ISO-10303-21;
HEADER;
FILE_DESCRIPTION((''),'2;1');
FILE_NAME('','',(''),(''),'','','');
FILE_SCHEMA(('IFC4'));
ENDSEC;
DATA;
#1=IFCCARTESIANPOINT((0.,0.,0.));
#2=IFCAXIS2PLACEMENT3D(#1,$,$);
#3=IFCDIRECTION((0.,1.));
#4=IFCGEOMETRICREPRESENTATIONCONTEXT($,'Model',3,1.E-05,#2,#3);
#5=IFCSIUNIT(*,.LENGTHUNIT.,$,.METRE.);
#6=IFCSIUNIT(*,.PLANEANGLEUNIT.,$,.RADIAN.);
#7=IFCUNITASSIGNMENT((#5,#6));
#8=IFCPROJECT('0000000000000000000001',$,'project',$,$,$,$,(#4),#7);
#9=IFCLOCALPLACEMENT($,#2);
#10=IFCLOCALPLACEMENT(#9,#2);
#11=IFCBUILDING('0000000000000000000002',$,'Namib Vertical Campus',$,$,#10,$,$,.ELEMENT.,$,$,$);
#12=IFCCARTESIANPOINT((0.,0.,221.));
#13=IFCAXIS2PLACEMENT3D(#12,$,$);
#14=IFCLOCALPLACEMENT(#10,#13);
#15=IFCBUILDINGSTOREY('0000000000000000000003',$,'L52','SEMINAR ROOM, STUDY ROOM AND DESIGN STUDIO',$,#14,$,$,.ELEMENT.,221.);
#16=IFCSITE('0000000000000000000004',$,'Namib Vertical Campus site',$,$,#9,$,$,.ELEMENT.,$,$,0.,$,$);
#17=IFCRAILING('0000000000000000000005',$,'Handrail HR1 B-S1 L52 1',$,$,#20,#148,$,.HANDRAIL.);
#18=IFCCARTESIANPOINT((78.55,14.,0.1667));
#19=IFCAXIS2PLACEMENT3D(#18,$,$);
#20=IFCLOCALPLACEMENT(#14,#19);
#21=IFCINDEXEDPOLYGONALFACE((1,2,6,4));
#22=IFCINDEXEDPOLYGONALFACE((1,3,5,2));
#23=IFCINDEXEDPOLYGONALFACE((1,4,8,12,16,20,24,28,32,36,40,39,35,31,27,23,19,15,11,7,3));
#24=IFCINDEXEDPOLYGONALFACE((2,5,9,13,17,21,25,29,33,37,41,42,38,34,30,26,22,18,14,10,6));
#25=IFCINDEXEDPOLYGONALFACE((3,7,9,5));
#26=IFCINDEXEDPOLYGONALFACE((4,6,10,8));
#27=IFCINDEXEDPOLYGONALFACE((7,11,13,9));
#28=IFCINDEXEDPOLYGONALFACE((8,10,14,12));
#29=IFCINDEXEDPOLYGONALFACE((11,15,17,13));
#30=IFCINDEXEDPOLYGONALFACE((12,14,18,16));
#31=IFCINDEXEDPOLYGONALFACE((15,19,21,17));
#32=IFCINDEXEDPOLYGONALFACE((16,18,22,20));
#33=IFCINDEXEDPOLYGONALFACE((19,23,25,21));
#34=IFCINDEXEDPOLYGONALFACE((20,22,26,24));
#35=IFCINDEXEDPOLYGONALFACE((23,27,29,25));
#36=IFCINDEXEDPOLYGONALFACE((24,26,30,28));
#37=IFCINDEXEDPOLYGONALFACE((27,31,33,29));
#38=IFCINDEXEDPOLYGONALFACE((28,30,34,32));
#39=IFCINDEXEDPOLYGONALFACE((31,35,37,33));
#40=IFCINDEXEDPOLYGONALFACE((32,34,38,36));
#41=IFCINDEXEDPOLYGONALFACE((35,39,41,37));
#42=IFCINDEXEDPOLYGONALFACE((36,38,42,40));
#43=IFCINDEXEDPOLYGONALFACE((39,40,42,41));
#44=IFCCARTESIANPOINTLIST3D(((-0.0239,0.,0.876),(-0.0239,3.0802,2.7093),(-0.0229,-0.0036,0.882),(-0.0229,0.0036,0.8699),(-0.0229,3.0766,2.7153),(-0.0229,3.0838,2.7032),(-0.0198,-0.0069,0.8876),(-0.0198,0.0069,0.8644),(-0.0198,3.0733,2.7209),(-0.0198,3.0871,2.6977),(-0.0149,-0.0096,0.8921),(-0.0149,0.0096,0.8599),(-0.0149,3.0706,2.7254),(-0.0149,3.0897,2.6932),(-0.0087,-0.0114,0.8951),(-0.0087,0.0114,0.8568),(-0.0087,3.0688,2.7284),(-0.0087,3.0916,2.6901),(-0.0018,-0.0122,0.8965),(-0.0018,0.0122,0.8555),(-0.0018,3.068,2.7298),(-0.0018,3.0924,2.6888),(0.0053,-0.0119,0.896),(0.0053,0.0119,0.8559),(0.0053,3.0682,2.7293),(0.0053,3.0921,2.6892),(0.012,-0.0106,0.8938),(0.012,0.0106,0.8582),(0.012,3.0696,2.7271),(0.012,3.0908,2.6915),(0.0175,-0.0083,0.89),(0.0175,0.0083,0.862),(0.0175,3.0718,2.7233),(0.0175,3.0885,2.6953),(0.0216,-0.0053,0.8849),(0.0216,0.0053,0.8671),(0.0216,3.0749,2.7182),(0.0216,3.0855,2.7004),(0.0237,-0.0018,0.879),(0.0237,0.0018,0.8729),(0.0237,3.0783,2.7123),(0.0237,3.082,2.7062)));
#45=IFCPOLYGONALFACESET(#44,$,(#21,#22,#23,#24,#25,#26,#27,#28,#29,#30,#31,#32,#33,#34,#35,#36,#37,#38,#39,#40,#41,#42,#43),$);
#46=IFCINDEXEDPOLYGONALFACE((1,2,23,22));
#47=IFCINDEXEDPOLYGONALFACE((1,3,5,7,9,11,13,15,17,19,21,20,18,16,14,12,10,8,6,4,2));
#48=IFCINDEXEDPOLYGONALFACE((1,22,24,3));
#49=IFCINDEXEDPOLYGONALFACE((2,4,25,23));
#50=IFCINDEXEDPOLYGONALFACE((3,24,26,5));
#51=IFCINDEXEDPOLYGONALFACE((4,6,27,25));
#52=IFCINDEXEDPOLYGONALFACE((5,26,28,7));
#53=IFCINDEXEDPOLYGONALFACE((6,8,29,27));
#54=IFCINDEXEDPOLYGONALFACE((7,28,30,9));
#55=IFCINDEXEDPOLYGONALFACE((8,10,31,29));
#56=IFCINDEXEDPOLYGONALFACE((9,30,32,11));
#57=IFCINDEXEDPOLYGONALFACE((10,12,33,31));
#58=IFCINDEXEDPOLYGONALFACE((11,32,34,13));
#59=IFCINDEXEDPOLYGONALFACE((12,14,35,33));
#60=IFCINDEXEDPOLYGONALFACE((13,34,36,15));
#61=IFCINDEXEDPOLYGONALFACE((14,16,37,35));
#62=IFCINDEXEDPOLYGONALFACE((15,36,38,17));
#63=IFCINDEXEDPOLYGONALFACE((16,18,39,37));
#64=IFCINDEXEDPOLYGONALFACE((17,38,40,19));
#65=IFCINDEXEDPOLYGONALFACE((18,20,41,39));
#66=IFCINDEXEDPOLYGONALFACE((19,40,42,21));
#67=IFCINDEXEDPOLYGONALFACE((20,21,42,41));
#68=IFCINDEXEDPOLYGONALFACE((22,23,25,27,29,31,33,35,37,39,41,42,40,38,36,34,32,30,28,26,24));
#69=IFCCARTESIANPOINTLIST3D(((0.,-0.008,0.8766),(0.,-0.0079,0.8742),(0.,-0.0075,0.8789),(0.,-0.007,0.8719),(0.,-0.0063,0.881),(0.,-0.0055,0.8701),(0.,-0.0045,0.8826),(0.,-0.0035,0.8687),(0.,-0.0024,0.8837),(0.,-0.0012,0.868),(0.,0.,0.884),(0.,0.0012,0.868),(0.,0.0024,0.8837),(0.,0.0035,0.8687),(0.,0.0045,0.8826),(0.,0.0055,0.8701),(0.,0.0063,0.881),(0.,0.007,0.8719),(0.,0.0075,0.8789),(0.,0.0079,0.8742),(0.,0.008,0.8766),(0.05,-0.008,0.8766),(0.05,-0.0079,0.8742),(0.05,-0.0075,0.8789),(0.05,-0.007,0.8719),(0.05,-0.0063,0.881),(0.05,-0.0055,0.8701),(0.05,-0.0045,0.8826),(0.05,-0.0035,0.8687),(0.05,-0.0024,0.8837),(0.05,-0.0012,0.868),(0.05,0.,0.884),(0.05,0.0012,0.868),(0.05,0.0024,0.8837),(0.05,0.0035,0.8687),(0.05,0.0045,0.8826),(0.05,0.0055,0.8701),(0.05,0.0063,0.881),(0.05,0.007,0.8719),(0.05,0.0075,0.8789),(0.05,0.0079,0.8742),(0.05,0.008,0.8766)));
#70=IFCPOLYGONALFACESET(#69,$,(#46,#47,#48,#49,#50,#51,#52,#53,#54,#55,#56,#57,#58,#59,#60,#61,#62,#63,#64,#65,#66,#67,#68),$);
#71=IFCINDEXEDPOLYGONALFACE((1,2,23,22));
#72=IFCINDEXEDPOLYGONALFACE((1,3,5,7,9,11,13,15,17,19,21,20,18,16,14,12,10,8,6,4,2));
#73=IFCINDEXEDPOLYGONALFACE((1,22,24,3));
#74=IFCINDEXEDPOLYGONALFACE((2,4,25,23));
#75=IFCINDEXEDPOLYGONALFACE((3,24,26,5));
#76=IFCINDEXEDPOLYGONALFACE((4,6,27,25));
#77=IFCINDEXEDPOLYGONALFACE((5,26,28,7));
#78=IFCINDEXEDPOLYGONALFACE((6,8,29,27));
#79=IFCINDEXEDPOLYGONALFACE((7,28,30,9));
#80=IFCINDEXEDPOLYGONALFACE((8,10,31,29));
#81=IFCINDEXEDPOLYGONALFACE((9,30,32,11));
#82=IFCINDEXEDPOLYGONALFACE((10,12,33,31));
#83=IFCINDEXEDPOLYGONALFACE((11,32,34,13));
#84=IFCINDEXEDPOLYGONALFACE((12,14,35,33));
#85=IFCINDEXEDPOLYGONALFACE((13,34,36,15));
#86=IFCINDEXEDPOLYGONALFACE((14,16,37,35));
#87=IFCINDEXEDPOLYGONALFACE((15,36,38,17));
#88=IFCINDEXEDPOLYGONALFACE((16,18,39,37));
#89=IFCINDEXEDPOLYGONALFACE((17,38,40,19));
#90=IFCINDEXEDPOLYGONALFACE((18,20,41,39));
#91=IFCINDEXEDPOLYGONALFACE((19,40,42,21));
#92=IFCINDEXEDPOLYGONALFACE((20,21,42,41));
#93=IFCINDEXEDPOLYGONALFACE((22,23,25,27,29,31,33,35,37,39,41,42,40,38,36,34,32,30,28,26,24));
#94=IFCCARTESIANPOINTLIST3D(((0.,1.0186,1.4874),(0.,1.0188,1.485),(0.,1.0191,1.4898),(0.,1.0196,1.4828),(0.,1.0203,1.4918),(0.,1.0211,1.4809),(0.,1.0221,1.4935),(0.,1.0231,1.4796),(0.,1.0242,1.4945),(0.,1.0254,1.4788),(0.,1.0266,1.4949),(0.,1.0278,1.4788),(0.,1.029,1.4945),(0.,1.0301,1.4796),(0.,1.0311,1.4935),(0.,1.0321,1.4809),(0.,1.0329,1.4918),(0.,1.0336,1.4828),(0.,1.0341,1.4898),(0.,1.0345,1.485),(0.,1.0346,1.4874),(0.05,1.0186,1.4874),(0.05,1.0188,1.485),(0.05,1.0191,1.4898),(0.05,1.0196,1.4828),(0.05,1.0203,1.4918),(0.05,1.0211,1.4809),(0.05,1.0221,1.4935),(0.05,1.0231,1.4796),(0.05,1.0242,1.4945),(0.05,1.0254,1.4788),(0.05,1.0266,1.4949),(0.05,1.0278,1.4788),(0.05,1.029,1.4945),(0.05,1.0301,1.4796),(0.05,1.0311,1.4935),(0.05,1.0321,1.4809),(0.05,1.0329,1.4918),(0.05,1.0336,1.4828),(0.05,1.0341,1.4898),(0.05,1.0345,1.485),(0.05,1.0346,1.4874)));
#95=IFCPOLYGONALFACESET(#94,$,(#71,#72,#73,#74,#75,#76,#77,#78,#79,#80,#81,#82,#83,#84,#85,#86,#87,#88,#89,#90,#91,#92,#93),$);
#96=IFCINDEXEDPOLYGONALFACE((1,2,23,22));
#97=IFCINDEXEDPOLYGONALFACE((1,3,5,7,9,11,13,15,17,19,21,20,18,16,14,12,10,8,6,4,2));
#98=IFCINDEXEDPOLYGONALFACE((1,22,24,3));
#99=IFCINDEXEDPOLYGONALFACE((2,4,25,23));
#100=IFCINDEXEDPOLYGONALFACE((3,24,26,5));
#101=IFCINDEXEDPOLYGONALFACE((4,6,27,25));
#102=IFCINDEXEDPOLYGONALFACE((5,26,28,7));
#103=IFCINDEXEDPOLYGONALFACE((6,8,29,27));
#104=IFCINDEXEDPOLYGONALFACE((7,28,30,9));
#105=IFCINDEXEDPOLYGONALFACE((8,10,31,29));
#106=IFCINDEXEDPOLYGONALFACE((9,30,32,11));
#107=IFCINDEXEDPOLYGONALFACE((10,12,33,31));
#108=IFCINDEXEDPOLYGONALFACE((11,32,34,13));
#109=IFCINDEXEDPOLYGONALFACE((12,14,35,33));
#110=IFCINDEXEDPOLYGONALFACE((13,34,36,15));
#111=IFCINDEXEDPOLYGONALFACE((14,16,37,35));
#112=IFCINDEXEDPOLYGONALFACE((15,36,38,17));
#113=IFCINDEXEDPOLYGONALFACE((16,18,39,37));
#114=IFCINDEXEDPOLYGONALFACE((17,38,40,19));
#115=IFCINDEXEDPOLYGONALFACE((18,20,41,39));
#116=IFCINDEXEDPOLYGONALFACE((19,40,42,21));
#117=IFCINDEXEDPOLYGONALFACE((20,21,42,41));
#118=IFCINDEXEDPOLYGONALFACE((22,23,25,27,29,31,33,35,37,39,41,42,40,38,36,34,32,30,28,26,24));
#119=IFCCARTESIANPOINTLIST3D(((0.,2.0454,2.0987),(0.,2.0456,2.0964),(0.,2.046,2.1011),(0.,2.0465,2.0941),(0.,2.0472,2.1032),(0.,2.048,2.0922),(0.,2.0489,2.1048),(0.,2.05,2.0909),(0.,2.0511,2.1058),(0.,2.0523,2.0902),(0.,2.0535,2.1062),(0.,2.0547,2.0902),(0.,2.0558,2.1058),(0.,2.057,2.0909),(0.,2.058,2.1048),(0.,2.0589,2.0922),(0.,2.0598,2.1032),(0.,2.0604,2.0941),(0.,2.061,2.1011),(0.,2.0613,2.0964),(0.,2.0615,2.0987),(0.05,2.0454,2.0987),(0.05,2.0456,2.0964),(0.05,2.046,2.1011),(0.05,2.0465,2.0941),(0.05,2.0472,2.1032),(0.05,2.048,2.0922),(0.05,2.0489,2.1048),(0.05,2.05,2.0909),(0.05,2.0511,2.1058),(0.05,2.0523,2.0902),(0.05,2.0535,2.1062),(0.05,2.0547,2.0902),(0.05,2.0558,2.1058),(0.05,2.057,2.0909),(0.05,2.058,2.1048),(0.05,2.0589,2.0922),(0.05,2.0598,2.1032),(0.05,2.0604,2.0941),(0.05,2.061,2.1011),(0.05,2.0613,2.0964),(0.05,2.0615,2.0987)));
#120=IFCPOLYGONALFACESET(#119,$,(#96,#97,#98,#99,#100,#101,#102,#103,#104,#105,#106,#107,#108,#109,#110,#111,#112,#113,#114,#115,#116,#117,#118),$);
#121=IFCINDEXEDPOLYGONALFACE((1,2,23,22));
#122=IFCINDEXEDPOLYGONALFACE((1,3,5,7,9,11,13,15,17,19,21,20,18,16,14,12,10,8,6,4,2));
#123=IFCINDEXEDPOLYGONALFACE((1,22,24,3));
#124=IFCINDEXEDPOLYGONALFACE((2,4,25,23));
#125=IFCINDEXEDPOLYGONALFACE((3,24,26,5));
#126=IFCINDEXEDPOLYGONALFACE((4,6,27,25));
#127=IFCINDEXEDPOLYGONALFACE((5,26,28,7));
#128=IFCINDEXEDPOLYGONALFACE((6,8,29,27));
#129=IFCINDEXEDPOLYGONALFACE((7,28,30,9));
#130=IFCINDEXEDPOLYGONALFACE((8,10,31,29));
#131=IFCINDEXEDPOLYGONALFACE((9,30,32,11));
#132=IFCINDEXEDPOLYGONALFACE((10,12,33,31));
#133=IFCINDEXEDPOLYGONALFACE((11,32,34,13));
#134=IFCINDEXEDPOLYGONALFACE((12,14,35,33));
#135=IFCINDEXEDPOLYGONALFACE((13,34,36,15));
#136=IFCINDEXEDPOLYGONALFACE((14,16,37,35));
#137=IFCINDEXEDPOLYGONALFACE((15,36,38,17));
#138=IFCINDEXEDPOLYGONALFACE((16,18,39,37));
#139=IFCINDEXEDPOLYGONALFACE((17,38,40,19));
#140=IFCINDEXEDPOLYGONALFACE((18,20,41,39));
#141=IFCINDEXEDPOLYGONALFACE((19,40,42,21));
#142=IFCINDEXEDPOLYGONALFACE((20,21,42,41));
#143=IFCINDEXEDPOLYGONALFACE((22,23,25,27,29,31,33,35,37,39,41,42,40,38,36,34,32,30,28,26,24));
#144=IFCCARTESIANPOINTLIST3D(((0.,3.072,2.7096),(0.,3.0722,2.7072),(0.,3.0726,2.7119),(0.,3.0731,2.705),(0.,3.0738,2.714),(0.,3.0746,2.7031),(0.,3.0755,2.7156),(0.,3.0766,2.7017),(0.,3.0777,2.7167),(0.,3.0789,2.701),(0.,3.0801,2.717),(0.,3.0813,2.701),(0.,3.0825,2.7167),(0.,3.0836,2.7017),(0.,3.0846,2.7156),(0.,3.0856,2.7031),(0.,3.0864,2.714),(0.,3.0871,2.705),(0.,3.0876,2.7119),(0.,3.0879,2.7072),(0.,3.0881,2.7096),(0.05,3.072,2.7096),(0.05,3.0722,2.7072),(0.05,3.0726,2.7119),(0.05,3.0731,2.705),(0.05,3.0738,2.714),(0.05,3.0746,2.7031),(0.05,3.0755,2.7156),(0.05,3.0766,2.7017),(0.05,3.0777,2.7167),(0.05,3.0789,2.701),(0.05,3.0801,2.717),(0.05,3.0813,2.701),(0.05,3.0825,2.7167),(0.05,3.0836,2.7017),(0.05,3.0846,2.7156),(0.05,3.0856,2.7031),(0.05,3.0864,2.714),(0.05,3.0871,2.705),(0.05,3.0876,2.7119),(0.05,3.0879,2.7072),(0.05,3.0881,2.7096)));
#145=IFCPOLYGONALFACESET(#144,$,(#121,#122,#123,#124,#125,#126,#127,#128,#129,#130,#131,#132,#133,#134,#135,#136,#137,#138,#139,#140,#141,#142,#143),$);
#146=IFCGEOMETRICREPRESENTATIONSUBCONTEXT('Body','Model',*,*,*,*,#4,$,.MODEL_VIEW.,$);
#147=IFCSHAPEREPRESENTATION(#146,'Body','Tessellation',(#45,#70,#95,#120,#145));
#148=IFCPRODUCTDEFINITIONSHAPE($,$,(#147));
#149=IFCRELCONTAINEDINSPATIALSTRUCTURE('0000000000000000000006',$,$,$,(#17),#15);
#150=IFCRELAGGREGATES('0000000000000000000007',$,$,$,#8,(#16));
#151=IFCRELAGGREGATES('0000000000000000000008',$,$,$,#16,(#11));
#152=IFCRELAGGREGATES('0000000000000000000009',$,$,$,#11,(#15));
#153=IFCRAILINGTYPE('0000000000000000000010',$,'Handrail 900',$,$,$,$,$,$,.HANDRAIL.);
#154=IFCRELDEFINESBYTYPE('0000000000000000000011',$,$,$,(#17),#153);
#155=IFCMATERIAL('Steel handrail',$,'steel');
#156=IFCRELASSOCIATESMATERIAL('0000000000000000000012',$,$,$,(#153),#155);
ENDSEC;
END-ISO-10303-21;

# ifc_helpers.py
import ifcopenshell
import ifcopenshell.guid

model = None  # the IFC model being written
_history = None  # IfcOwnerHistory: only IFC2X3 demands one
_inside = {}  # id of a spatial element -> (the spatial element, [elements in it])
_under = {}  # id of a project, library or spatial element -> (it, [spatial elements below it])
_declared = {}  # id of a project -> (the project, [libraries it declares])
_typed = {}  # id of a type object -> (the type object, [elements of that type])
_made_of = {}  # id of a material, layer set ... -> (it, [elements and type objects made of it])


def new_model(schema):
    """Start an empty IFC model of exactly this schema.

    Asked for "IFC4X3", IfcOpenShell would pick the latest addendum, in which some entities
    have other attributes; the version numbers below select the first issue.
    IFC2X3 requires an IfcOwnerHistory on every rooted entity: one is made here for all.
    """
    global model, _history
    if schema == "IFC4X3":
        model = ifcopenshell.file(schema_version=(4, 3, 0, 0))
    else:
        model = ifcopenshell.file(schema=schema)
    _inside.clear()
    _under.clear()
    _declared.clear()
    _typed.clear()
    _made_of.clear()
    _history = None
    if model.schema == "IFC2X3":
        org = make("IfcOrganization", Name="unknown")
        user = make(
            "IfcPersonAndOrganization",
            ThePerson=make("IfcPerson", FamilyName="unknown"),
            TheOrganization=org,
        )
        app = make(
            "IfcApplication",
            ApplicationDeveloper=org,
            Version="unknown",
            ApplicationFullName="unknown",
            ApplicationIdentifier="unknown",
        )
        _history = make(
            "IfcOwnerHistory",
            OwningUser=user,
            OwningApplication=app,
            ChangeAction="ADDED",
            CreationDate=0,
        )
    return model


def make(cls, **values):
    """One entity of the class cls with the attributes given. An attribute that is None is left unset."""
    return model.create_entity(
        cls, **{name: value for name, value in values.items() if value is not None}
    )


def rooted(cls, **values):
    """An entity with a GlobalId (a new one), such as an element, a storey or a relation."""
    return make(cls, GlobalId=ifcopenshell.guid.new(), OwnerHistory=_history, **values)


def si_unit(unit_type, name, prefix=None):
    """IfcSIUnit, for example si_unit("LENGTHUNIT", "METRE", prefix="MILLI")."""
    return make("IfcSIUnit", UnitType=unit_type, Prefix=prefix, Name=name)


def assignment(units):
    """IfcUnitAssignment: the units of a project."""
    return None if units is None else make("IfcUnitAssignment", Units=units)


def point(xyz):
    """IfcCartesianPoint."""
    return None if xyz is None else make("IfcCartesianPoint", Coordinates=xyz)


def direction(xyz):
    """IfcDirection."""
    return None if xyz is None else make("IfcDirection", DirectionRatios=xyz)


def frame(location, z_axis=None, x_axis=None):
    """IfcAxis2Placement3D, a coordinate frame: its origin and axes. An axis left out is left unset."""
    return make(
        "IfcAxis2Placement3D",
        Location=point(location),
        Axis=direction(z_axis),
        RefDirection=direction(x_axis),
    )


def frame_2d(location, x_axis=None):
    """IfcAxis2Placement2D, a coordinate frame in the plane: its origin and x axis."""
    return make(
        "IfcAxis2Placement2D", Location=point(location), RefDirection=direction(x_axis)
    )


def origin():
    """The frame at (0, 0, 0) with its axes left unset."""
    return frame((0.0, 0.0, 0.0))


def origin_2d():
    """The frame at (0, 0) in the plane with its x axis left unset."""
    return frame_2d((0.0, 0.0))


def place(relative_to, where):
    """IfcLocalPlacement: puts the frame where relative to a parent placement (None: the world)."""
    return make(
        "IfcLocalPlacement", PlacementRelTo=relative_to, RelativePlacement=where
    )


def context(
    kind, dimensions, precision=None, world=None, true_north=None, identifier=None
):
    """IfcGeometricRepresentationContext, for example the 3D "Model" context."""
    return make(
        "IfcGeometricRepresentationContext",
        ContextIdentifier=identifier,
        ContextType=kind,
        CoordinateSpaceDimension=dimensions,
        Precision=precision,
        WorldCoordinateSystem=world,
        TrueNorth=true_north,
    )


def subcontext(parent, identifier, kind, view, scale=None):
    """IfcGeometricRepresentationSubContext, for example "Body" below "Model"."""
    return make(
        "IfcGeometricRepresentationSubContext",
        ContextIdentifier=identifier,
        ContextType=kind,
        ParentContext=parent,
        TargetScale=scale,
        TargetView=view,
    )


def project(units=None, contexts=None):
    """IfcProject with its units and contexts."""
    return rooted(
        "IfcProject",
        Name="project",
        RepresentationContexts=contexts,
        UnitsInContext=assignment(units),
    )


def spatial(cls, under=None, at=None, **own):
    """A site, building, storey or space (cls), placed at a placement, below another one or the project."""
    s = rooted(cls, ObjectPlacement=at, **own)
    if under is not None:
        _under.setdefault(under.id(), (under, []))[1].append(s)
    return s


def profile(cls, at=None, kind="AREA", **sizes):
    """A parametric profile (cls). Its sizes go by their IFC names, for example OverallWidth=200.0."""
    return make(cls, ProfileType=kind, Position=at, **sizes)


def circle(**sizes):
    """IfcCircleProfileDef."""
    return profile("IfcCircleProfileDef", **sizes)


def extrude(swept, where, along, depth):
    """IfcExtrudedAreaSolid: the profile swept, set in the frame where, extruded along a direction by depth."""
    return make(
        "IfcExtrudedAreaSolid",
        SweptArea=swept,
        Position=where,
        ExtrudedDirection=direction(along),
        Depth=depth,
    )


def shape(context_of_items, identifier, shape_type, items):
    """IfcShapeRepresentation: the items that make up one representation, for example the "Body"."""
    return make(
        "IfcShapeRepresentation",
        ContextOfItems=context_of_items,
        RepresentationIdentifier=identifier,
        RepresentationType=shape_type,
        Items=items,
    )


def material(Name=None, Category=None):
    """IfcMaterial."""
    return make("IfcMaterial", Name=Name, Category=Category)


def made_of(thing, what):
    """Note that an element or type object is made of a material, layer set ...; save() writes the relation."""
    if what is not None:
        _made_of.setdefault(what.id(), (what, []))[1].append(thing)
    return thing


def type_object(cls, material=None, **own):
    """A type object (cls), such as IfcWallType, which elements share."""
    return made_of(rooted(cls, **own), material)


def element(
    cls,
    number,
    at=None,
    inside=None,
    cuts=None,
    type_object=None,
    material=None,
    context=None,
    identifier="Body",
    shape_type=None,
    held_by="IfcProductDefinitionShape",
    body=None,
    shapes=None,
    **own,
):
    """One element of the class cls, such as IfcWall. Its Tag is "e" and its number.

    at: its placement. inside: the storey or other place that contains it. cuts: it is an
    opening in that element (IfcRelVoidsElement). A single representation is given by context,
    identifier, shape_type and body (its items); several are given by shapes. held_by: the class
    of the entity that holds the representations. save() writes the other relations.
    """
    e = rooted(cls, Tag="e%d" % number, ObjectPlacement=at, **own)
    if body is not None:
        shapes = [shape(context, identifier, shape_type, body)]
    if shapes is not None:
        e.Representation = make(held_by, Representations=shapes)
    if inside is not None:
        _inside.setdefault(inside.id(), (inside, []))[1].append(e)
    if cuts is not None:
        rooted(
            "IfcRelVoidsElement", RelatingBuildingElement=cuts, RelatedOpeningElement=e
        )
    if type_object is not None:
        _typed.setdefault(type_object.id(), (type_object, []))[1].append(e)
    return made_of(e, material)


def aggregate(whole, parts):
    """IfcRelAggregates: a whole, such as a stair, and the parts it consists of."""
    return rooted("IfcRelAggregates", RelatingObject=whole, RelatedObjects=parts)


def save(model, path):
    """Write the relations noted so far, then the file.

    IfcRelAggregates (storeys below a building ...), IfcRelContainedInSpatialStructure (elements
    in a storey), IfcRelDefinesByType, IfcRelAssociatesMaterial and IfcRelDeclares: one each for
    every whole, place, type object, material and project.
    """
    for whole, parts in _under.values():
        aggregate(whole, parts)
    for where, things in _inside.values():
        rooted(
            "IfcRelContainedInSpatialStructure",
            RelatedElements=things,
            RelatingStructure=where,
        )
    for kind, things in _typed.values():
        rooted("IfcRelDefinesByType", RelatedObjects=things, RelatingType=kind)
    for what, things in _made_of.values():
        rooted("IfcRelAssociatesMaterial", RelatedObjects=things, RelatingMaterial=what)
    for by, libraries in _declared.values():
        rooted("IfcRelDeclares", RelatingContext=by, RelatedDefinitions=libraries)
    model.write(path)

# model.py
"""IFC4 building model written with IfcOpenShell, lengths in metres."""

from ifc_helpers import new_model, si_unit, direction, frame, origin, origin_2d, place, context, subcontext, project, spatial, circle, extrude, material, type_object, element, save


model = new_model("IFC4")

# Units and contexts
model_context = context("Model", 3, precision=1e-05, world=origin(), true_north=direction((0.0, 1.0)))
body_context = subcontext(model_context, "Body", "Model", "MODEL_VIEW")
ifc_project = project(units=[si_unit("LENGTHUNIT", "METRE"), si_unit("PLANEANGLEUNIT", "RADIAN")], contexts=[model_context])

# Site, building, storey
site_placement = place(None, origin())
site = spatial("IfcSite", under=ifc_project, at=site_placement, Name="Namib Vertical Campus site", CompositionType="ELEMENT", RefElevation=0.0)
building_placement = place(site_placement, origin())
building = spatial("IfcBuilding", under=site, at=building_placement, Name="Namib Vertical Campus", CompositionType="ELEMENT")
storey_placement = place(building_placement, frame((0.0, 0.0, 221.0)))
storey = spatial("IfcBuildingStorey", under=building, at=storey_placement, Name="L52", Description="SEMINAR ROOM, STUDY ROOM AND DESIGN STUDIO", CompositionType="ELEMENT", Elevation=221.0)

# Railing
ifc_material_1 = material(Name="Steel handrail", Category="steel")
railing_type_1 = type_object("IfcRailingType", Name="Handrail 900", PredefinedType="HANDRAIL", material=ifc_material_1)
railing_1_placement = place(storey_placement, frame((78.55, 14.0, 0.1667)))
element("IfcRailing", 1, at=railing_1_placement, inside=storey, type_object=railing_type_1, Name="Handrail HR1 B-S1 L52 1", PredefinedType="HANDRAIL", context=body_context, shape_type="SweptSolid", body=[
    extrude(circle(Radius=0.0239, at=origin_2d()), frame((0.0, 0.0, 0.876), z_axis=(0.0, 0.859309, 0.511458), x_axis=(-1.0, 0.0, 0.0)), (0.0, 0.0, 1.0), 3.5845),
    extrude(circle(Radius=0.0081, at=origin_2d()), frame((0.0, 0.0, 0.876), z_axis=(1.0, 0.0, 0.0), x_axis=(0.0, 0.0, 1.0)), (0.0, 0.0, 1.0), 0.05),
    extrude(circle(Radius=0.0081, at=origin_2d()), frame((0.0, 1.0266, 1.4868), z_axis=(1.0, 0.0, 0.0), x_axis=(0.0, 0.0, 1.0)), (0.0, 0.0, 1.0), 0.05),
    extrude(circle(Radius=0.0081, at=origin_2d()), frame((0.0, 2.0535, 2.0981), z_axis=(1.0, 0.0, 0.0), x_axis=(0.0, 0.0, 1.0)), (0.0, 0.0, 1.0), 0.05),
    extrude(circle(Radius=0.0081, at=origin_2d()), frame((0.0, 3.0801, 2.709), z_axis=(1.0, 0.0, 0.0), x_axis=(0.0, 0.0, 1.0)), (0.0, 0.0, 1.0), 0.05),
])

save(model, "model.ifc")
